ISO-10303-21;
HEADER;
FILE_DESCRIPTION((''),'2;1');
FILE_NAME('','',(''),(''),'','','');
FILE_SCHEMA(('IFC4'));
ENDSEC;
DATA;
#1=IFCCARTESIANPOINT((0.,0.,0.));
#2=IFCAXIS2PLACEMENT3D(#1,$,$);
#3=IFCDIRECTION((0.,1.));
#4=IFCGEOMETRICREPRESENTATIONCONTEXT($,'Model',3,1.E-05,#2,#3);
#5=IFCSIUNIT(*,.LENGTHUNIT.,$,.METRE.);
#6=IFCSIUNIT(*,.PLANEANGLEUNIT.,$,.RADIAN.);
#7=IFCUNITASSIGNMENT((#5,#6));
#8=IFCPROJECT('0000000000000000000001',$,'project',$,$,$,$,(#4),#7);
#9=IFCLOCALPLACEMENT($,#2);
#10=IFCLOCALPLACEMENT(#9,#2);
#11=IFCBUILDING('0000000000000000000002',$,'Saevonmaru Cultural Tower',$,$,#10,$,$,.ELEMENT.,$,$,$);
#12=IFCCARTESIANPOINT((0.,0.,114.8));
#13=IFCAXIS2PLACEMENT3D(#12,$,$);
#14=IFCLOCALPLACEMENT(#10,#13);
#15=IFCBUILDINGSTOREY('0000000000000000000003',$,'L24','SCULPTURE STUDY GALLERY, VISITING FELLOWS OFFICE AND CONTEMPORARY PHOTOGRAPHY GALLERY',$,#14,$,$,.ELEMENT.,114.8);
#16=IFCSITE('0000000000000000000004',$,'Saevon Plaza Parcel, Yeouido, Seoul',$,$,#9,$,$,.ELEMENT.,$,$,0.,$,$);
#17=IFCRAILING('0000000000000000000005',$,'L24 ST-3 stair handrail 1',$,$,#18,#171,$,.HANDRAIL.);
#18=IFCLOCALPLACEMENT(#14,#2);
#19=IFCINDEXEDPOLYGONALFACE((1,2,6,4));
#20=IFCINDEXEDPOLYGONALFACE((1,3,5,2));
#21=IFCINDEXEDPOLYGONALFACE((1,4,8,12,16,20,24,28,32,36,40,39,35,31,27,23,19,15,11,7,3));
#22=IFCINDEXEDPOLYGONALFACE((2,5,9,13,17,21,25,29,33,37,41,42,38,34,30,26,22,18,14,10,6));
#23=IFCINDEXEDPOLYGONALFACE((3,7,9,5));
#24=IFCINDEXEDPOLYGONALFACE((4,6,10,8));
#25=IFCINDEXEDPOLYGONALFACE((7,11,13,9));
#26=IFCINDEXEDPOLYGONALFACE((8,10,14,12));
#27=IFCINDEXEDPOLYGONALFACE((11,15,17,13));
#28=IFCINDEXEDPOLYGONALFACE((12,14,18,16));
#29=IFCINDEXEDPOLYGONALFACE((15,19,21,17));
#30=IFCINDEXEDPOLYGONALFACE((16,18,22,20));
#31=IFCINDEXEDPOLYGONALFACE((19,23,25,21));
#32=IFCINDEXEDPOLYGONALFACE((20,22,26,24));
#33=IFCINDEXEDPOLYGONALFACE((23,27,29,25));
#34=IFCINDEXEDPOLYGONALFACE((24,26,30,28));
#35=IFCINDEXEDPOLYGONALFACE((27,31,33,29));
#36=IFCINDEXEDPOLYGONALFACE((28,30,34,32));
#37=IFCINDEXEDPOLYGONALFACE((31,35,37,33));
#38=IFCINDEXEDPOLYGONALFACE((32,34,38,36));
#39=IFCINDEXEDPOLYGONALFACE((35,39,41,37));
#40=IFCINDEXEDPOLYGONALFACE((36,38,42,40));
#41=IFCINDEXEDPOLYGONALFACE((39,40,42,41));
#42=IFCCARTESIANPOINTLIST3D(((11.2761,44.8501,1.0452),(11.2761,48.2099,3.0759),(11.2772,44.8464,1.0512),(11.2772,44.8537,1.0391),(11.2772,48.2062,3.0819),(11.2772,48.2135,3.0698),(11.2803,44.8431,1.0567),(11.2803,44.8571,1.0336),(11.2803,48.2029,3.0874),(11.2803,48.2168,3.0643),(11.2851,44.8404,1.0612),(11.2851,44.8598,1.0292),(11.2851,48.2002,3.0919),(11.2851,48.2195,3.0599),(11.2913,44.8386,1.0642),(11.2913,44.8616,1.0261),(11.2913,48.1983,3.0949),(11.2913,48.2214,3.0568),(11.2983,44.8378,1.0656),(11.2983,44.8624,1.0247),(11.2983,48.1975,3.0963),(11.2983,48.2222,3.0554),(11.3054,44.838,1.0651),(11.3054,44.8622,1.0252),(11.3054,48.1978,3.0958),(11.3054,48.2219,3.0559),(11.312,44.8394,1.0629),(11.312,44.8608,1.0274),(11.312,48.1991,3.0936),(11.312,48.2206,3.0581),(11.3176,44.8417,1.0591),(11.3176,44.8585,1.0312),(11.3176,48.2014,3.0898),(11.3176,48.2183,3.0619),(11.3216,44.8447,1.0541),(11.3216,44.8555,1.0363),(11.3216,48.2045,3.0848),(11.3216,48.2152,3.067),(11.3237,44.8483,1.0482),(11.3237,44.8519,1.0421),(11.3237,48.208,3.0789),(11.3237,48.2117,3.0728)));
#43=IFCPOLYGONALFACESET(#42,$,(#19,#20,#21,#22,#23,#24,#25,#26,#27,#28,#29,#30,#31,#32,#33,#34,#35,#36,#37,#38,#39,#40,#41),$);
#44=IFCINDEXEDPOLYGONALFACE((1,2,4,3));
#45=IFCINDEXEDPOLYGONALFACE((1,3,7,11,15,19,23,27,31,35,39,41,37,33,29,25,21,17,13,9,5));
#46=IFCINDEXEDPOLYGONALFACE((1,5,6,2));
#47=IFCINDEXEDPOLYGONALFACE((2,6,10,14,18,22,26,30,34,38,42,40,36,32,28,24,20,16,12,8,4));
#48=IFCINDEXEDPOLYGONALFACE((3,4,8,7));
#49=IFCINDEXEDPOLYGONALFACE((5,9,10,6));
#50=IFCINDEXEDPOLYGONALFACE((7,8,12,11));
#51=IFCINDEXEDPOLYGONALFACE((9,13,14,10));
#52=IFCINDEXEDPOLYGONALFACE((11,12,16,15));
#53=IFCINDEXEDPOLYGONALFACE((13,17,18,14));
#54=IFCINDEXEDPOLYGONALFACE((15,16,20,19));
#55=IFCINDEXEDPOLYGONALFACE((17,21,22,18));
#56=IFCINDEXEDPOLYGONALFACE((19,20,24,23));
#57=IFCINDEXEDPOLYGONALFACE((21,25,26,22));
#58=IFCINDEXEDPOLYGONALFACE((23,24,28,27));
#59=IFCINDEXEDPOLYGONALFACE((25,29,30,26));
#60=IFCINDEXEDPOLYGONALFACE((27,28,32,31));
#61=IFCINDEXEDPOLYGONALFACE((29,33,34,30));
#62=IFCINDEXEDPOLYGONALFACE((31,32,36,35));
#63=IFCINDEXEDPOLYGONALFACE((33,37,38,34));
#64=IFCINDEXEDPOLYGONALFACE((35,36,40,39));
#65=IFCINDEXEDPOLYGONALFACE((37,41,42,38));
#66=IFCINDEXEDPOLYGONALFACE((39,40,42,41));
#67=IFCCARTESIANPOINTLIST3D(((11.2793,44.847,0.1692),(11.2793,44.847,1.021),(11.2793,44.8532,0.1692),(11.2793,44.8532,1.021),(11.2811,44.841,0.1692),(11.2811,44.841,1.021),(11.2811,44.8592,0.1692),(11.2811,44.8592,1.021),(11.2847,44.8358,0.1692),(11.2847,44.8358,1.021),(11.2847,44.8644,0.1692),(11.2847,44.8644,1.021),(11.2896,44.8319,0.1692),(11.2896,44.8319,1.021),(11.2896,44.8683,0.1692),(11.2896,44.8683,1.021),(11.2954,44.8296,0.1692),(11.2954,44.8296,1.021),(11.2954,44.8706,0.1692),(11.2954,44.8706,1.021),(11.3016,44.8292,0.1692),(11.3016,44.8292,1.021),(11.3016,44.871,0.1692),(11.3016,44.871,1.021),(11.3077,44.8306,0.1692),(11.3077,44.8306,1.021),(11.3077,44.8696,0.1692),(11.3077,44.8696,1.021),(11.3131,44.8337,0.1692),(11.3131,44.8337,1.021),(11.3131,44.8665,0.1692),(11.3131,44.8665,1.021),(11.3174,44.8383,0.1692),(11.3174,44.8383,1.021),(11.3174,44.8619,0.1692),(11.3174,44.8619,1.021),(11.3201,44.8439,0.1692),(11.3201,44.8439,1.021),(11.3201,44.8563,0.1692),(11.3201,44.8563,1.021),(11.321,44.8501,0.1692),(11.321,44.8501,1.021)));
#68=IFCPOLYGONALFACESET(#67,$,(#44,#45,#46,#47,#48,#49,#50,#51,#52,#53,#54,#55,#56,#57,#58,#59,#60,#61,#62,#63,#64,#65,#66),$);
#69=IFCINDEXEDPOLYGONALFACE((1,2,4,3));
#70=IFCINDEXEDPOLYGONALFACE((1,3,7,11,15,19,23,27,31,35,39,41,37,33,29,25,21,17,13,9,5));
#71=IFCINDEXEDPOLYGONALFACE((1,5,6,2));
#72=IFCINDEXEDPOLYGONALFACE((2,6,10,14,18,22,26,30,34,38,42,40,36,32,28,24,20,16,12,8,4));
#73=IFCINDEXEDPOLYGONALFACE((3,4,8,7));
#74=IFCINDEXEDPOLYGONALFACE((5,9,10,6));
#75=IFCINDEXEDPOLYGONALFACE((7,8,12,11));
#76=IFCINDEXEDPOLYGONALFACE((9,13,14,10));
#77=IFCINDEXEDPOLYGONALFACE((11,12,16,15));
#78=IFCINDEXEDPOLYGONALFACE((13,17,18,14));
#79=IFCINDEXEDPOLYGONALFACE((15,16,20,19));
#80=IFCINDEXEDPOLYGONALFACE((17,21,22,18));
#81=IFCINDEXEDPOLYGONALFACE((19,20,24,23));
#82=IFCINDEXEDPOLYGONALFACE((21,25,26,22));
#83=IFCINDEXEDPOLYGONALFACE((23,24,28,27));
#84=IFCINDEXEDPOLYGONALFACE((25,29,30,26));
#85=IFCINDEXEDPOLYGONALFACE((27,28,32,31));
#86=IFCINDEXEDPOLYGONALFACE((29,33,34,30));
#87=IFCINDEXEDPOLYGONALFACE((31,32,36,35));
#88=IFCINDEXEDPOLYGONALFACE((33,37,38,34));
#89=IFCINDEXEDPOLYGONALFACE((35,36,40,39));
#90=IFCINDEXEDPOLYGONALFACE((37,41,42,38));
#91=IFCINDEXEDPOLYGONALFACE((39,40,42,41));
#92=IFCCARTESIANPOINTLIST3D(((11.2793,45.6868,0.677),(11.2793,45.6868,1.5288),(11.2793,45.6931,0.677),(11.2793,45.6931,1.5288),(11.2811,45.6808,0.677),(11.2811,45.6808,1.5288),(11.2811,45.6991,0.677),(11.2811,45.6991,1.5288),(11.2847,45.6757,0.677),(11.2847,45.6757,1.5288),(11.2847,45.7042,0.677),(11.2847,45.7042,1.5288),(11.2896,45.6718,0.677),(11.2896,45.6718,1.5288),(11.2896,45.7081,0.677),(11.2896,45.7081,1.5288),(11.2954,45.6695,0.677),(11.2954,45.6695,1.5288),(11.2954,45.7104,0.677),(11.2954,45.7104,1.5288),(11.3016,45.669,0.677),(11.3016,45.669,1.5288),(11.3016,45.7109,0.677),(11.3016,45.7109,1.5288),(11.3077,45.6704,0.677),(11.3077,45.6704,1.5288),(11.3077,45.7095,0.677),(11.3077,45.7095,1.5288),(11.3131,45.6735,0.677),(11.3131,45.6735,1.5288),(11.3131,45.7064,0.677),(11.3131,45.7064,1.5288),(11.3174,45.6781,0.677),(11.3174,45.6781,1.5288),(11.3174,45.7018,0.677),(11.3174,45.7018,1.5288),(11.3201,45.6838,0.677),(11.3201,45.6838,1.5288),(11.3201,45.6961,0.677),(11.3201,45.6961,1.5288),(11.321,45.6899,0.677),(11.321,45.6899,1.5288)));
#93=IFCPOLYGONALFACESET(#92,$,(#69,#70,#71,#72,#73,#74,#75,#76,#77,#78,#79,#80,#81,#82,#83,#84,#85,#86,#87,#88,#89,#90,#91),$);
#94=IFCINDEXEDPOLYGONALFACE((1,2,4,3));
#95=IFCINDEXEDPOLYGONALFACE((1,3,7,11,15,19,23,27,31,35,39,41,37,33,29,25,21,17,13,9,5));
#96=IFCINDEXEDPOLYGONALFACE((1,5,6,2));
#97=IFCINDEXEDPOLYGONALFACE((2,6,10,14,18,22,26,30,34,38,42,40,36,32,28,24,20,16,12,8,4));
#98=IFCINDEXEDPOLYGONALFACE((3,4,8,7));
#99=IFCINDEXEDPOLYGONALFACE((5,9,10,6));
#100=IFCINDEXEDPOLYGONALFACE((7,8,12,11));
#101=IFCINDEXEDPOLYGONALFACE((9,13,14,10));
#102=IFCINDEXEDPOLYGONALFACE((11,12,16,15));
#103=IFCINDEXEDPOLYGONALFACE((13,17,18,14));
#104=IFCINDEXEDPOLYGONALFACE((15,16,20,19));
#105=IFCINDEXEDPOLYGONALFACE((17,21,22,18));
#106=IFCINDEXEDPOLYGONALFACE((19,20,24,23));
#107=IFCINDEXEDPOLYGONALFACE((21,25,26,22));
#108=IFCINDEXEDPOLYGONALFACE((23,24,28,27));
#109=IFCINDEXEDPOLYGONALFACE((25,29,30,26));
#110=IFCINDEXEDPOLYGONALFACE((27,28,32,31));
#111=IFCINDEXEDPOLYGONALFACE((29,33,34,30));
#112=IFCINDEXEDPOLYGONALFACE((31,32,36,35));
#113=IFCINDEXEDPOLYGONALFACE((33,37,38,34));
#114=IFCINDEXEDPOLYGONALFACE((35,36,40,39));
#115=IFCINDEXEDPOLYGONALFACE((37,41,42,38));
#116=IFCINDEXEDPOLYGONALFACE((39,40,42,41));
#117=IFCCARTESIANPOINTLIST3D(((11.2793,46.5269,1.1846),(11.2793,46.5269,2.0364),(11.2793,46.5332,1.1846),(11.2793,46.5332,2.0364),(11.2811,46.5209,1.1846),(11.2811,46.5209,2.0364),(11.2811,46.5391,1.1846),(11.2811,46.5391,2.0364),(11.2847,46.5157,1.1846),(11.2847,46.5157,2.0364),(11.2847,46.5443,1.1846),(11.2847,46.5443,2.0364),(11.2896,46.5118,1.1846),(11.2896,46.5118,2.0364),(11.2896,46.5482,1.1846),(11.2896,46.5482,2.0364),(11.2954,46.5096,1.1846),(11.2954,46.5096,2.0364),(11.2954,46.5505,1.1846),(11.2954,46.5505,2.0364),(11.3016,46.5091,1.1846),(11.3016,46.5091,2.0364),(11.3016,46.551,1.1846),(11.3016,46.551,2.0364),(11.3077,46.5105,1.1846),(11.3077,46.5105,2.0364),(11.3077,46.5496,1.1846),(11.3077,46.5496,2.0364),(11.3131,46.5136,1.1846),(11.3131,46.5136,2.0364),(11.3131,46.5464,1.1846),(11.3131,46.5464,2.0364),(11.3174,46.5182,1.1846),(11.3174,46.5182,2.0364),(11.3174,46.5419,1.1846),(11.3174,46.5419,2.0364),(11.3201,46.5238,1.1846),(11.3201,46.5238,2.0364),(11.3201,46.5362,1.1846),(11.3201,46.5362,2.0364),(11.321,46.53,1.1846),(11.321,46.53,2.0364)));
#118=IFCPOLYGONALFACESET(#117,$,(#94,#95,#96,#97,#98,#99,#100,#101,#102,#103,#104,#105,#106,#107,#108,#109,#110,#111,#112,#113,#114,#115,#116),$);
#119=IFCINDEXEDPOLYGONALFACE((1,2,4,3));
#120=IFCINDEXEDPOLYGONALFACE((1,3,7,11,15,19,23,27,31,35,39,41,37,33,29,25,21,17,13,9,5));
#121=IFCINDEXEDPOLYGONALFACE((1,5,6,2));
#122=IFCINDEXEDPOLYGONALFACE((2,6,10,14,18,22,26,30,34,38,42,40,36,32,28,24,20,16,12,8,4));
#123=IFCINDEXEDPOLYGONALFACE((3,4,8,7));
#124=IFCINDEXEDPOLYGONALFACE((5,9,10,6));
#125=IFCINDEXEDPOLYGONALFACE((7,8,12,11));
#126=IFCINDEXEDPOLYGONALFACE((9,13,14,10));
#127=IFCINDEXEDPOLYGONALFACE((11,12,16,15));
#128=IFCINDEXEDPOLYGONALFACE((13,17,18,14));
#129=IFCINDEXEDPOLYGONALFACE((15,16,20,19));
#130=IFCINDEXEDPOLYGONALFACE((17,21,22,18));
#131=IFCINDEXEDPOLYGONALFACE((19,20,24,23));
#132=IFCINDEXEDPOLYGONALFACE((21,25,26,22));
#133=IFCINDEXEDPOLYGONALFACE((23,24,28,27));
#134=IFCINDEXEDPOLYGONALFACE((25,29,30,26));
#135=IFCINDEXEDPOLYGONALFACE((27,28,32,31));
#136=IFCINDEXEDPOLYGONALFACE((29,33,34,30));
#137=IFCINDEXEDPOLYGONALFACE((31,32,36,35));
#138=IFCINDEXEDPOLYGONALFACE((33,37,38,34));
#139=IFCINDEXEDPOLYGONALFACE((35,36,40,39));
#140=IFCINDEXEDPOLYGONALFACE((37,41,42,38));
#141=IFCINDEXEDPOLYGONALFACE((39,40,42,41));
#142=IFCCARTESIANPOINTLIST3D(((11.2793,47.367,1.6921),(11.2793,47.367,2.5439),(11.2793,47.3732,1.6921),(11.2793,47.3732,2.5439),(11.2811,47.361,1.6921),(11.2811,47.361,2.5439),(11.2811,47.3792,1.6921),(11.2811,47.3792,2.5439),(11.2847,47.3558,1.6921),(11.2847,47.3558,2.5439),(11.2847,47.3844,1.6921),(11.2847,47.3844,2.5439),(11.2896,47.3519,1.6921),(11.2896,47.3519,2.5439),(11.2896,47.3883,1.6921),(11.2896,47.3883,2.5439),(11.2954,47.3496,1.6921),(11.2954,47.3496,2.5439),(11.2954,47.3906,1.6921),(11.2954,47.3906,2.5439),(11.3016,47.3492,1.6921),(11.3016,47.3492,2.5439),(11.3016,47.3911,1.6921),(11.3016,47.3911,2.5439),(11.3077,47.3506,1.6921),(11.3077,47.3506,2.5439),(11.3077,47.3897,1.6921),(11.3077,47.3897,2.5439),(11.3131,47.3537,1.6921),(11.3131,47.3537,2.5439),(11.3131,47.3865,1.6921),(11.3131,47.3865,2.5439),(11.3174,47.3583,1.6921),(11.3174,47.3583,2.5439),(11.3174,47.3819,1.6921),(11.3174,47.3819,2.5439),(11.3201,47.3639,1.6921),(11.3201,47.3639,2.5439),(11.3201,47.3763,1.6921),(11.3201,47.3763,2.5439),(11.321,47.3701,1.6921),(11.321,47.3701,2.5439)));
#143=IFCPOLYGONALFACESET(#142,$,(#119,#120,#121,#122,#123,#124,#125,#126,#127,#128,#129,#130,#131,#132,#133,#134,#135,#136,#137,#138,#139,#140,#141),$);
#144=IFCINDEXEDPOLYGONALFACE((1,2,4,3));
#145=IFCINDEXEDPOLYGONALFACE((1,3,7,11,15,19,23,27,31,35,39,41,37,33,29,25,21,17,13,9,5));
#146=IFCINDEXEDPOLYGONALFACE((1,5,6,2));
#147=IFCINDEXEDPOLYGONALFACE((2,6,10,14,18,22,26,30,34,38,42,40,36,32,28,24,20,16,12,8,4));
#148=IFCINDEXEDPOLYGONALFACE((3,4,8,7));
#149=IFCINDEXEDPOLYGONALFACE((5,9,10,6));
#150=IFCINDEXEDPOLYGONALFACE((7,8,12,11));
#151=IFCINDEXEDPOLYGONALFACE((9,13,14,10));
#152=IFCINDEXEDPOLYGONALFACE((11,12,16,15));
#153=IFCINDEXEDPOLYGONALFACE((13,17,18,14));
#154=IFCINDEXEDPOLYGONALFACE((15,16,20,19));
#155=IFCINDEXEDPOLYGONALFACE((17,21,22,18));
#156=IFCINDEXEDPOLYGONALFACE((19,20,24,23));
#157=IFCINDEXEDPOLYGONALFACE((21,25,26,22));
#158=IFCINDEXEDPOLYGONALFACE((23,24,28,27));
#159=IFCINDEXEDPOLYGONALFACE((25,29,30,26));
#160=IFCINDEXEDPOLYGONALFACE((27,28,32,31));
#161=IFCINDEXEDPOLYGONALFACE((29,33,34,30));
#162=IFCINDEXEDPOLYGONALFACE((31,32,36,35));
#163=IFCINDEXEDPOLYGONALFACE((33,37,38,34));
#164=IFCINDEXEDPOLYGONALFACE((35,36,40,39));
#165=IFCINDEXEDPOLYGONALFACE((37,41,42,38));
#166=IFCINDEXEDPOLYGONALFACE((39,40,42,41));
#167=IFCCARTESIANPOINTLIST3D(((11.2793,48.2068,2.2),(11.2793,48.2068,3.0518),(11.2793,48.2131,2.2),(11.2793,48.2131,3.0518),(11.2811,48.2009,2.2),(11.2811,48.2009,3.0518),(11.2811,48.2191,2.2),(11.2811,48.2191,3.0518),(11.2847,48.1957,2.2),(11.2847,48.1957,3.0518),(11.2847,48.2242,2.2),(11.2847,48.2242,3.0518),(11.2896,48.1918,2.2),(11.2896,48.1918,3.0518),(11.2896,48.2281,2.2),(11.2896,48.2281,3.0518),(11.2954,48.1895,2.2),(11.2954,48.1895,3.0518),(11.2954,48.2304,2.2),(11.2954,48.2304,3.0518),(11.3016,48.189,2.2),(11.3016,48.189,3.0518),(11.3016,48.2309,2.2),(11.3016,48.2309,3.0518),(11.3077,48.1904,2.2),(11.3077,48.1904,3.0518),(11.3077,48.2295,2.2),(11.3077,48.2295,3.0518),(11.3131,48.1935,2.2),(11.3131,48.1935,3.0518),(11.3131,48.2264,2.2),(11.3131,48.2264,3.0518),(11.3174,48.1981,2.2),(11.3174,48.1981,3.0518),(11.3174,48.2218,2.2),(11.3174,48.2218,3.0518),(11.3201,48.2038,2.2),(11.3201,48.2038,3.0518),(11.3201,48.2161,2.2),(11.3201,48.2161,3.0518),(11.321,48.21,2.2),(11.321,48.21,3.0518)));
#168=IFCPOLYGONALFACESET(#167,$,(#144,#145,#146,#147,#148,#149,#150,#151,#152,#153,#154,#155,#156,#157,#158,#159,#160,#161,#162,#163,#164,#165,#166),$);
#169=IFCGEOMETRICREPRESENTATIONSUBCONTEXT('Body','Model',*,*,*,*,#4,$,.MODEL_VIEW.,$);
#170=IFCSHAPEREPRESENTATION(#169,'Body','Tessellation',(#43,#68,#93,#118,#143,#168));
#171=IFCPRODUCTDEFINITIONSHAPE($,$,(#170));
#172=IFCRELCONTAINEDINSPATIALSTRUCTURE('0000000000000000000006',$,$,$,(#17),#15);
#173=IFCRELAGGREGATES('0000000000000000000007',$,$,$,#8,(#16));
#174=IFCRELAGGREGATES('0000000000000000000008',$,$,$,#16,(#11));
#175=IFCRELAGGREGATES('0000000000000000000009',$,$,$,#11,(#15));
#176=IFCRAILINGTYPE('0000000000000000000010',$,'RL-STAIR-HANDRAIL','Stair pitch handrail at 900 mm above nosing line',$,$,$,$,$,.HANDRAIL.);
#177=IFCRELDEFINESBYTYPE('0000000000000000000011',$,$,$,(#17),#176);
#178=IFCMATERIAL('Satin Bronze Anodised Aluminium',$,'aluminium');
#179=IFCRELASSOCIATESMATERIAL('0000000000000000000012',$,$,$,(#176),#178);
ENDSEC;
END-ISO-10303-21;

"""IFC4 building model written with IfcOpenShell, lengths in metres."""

from ifc_helpers import new_model, si_unit, direction, frame, origin, origin_2d, place, context, subcontext, project, spatial, circle, extrude, material, type_object, element, save


model = new_model("IFC4")

# Units and contexts
model_context = context("Model", 3, precision=1e-05, world=origin(), true_north=direction((0.0, 1.0)))
body_context = subcontext(model_context, "Body", "Model", "MODEL_VIEW")
ifc_project = project(units=[si_unit("LENGTHUNIT", "METRE"), si_unit("PLANEANGLEUNIT", "RADIAN")], contexts=[model_context])

# Site, building, storey
site_placement = place(None, origin())
site = spatial("IfcSite", under=ifc_project, at=site_placement, Name="Saevon Plaza Parcel, Yeouido, Seoul", CompositionType="ELEMENT", RefElevation=0.0)
building_placement = place(site_placement, origin())
building = spatial("IfcBuilding", under=site, at=building_placement, Name="Saevonmaru Cultural Tower", CompositionType="ELEMENT")
storey_placement = place(building_placement, frame((0.0, 0.0, 114.8)))
storey = spatial("IfcBuildingStorey", under=building, at=storey_placement, Name="L24", Description="SCULPTURE STUDY GALLERY, VISITING FELLOWS OFFICE AND CONTEMPORARY PHOTOGRAPHY GALLERY", CompositionType="ELEMENT", Elevation=114.8)

# Shared definitions
ifc_material_1 = material(Name="Satin Bronze Anodised Aluminium", Category="aluminium")

# Railing
railing_type_1 = type_object("IfcRailingType", Name="RL-STAIR-HANDRAIL", Description="Stair pitch handrail at 900 mm above nosing line", PredefinedType="HANDRAIL", material=ifc_material_1)
railing_1_placement = place(storey_placement, frame((11.3, 44.8501, 0.1692)))
element("IfcRailing", 1, at=railing_1_placement, inside=storey, type_object=railing_type_1, Name="L24 ST-3 stair handrail 1", PredefinedType="HANDRAIL", context=body_context, shape_type="SweptSolid", body=[
    extrude(circle(Radius=0.0239, at=origin_2d()), frame((0.0, 0.0, 0.876), z_axis=(0.0, 0.85582, 0.517273), x_axis=(-1.0, 0.0, 0.0)), (0.0, 0.0, 1.0), 3.9258),
    extrude(circle(Radius=0.021, at=origin_2d()), origin(), (0.0, 0.0, 1.0), 0.8518),
    extrude(circle(Radius=0.021, at=origin_2d()), frame((0.0, 0.8398, 0.5078)), (0.0, 0.0, 1.0), 0.8518),
    extrude(circle(Radius=0.021, at=origin_2d()), frame((0.0, 1.6799, 1.0154)), (0.0, 0.0, 1.0), 0.8518),
    extrude(circle(Radius=0.021, at=origin_2d()), frame((0.0, 2.52, 1.5229)), (0.0, 0.0, 1.0), 0.8518),
    extrude(circle(Radius=0.021, at=origin_2d()), frame((0.0, 3.3599, 2.0308)), (0.0, 0.0, 1.0), 0.8518),
])

save(model, "model.ifc")
